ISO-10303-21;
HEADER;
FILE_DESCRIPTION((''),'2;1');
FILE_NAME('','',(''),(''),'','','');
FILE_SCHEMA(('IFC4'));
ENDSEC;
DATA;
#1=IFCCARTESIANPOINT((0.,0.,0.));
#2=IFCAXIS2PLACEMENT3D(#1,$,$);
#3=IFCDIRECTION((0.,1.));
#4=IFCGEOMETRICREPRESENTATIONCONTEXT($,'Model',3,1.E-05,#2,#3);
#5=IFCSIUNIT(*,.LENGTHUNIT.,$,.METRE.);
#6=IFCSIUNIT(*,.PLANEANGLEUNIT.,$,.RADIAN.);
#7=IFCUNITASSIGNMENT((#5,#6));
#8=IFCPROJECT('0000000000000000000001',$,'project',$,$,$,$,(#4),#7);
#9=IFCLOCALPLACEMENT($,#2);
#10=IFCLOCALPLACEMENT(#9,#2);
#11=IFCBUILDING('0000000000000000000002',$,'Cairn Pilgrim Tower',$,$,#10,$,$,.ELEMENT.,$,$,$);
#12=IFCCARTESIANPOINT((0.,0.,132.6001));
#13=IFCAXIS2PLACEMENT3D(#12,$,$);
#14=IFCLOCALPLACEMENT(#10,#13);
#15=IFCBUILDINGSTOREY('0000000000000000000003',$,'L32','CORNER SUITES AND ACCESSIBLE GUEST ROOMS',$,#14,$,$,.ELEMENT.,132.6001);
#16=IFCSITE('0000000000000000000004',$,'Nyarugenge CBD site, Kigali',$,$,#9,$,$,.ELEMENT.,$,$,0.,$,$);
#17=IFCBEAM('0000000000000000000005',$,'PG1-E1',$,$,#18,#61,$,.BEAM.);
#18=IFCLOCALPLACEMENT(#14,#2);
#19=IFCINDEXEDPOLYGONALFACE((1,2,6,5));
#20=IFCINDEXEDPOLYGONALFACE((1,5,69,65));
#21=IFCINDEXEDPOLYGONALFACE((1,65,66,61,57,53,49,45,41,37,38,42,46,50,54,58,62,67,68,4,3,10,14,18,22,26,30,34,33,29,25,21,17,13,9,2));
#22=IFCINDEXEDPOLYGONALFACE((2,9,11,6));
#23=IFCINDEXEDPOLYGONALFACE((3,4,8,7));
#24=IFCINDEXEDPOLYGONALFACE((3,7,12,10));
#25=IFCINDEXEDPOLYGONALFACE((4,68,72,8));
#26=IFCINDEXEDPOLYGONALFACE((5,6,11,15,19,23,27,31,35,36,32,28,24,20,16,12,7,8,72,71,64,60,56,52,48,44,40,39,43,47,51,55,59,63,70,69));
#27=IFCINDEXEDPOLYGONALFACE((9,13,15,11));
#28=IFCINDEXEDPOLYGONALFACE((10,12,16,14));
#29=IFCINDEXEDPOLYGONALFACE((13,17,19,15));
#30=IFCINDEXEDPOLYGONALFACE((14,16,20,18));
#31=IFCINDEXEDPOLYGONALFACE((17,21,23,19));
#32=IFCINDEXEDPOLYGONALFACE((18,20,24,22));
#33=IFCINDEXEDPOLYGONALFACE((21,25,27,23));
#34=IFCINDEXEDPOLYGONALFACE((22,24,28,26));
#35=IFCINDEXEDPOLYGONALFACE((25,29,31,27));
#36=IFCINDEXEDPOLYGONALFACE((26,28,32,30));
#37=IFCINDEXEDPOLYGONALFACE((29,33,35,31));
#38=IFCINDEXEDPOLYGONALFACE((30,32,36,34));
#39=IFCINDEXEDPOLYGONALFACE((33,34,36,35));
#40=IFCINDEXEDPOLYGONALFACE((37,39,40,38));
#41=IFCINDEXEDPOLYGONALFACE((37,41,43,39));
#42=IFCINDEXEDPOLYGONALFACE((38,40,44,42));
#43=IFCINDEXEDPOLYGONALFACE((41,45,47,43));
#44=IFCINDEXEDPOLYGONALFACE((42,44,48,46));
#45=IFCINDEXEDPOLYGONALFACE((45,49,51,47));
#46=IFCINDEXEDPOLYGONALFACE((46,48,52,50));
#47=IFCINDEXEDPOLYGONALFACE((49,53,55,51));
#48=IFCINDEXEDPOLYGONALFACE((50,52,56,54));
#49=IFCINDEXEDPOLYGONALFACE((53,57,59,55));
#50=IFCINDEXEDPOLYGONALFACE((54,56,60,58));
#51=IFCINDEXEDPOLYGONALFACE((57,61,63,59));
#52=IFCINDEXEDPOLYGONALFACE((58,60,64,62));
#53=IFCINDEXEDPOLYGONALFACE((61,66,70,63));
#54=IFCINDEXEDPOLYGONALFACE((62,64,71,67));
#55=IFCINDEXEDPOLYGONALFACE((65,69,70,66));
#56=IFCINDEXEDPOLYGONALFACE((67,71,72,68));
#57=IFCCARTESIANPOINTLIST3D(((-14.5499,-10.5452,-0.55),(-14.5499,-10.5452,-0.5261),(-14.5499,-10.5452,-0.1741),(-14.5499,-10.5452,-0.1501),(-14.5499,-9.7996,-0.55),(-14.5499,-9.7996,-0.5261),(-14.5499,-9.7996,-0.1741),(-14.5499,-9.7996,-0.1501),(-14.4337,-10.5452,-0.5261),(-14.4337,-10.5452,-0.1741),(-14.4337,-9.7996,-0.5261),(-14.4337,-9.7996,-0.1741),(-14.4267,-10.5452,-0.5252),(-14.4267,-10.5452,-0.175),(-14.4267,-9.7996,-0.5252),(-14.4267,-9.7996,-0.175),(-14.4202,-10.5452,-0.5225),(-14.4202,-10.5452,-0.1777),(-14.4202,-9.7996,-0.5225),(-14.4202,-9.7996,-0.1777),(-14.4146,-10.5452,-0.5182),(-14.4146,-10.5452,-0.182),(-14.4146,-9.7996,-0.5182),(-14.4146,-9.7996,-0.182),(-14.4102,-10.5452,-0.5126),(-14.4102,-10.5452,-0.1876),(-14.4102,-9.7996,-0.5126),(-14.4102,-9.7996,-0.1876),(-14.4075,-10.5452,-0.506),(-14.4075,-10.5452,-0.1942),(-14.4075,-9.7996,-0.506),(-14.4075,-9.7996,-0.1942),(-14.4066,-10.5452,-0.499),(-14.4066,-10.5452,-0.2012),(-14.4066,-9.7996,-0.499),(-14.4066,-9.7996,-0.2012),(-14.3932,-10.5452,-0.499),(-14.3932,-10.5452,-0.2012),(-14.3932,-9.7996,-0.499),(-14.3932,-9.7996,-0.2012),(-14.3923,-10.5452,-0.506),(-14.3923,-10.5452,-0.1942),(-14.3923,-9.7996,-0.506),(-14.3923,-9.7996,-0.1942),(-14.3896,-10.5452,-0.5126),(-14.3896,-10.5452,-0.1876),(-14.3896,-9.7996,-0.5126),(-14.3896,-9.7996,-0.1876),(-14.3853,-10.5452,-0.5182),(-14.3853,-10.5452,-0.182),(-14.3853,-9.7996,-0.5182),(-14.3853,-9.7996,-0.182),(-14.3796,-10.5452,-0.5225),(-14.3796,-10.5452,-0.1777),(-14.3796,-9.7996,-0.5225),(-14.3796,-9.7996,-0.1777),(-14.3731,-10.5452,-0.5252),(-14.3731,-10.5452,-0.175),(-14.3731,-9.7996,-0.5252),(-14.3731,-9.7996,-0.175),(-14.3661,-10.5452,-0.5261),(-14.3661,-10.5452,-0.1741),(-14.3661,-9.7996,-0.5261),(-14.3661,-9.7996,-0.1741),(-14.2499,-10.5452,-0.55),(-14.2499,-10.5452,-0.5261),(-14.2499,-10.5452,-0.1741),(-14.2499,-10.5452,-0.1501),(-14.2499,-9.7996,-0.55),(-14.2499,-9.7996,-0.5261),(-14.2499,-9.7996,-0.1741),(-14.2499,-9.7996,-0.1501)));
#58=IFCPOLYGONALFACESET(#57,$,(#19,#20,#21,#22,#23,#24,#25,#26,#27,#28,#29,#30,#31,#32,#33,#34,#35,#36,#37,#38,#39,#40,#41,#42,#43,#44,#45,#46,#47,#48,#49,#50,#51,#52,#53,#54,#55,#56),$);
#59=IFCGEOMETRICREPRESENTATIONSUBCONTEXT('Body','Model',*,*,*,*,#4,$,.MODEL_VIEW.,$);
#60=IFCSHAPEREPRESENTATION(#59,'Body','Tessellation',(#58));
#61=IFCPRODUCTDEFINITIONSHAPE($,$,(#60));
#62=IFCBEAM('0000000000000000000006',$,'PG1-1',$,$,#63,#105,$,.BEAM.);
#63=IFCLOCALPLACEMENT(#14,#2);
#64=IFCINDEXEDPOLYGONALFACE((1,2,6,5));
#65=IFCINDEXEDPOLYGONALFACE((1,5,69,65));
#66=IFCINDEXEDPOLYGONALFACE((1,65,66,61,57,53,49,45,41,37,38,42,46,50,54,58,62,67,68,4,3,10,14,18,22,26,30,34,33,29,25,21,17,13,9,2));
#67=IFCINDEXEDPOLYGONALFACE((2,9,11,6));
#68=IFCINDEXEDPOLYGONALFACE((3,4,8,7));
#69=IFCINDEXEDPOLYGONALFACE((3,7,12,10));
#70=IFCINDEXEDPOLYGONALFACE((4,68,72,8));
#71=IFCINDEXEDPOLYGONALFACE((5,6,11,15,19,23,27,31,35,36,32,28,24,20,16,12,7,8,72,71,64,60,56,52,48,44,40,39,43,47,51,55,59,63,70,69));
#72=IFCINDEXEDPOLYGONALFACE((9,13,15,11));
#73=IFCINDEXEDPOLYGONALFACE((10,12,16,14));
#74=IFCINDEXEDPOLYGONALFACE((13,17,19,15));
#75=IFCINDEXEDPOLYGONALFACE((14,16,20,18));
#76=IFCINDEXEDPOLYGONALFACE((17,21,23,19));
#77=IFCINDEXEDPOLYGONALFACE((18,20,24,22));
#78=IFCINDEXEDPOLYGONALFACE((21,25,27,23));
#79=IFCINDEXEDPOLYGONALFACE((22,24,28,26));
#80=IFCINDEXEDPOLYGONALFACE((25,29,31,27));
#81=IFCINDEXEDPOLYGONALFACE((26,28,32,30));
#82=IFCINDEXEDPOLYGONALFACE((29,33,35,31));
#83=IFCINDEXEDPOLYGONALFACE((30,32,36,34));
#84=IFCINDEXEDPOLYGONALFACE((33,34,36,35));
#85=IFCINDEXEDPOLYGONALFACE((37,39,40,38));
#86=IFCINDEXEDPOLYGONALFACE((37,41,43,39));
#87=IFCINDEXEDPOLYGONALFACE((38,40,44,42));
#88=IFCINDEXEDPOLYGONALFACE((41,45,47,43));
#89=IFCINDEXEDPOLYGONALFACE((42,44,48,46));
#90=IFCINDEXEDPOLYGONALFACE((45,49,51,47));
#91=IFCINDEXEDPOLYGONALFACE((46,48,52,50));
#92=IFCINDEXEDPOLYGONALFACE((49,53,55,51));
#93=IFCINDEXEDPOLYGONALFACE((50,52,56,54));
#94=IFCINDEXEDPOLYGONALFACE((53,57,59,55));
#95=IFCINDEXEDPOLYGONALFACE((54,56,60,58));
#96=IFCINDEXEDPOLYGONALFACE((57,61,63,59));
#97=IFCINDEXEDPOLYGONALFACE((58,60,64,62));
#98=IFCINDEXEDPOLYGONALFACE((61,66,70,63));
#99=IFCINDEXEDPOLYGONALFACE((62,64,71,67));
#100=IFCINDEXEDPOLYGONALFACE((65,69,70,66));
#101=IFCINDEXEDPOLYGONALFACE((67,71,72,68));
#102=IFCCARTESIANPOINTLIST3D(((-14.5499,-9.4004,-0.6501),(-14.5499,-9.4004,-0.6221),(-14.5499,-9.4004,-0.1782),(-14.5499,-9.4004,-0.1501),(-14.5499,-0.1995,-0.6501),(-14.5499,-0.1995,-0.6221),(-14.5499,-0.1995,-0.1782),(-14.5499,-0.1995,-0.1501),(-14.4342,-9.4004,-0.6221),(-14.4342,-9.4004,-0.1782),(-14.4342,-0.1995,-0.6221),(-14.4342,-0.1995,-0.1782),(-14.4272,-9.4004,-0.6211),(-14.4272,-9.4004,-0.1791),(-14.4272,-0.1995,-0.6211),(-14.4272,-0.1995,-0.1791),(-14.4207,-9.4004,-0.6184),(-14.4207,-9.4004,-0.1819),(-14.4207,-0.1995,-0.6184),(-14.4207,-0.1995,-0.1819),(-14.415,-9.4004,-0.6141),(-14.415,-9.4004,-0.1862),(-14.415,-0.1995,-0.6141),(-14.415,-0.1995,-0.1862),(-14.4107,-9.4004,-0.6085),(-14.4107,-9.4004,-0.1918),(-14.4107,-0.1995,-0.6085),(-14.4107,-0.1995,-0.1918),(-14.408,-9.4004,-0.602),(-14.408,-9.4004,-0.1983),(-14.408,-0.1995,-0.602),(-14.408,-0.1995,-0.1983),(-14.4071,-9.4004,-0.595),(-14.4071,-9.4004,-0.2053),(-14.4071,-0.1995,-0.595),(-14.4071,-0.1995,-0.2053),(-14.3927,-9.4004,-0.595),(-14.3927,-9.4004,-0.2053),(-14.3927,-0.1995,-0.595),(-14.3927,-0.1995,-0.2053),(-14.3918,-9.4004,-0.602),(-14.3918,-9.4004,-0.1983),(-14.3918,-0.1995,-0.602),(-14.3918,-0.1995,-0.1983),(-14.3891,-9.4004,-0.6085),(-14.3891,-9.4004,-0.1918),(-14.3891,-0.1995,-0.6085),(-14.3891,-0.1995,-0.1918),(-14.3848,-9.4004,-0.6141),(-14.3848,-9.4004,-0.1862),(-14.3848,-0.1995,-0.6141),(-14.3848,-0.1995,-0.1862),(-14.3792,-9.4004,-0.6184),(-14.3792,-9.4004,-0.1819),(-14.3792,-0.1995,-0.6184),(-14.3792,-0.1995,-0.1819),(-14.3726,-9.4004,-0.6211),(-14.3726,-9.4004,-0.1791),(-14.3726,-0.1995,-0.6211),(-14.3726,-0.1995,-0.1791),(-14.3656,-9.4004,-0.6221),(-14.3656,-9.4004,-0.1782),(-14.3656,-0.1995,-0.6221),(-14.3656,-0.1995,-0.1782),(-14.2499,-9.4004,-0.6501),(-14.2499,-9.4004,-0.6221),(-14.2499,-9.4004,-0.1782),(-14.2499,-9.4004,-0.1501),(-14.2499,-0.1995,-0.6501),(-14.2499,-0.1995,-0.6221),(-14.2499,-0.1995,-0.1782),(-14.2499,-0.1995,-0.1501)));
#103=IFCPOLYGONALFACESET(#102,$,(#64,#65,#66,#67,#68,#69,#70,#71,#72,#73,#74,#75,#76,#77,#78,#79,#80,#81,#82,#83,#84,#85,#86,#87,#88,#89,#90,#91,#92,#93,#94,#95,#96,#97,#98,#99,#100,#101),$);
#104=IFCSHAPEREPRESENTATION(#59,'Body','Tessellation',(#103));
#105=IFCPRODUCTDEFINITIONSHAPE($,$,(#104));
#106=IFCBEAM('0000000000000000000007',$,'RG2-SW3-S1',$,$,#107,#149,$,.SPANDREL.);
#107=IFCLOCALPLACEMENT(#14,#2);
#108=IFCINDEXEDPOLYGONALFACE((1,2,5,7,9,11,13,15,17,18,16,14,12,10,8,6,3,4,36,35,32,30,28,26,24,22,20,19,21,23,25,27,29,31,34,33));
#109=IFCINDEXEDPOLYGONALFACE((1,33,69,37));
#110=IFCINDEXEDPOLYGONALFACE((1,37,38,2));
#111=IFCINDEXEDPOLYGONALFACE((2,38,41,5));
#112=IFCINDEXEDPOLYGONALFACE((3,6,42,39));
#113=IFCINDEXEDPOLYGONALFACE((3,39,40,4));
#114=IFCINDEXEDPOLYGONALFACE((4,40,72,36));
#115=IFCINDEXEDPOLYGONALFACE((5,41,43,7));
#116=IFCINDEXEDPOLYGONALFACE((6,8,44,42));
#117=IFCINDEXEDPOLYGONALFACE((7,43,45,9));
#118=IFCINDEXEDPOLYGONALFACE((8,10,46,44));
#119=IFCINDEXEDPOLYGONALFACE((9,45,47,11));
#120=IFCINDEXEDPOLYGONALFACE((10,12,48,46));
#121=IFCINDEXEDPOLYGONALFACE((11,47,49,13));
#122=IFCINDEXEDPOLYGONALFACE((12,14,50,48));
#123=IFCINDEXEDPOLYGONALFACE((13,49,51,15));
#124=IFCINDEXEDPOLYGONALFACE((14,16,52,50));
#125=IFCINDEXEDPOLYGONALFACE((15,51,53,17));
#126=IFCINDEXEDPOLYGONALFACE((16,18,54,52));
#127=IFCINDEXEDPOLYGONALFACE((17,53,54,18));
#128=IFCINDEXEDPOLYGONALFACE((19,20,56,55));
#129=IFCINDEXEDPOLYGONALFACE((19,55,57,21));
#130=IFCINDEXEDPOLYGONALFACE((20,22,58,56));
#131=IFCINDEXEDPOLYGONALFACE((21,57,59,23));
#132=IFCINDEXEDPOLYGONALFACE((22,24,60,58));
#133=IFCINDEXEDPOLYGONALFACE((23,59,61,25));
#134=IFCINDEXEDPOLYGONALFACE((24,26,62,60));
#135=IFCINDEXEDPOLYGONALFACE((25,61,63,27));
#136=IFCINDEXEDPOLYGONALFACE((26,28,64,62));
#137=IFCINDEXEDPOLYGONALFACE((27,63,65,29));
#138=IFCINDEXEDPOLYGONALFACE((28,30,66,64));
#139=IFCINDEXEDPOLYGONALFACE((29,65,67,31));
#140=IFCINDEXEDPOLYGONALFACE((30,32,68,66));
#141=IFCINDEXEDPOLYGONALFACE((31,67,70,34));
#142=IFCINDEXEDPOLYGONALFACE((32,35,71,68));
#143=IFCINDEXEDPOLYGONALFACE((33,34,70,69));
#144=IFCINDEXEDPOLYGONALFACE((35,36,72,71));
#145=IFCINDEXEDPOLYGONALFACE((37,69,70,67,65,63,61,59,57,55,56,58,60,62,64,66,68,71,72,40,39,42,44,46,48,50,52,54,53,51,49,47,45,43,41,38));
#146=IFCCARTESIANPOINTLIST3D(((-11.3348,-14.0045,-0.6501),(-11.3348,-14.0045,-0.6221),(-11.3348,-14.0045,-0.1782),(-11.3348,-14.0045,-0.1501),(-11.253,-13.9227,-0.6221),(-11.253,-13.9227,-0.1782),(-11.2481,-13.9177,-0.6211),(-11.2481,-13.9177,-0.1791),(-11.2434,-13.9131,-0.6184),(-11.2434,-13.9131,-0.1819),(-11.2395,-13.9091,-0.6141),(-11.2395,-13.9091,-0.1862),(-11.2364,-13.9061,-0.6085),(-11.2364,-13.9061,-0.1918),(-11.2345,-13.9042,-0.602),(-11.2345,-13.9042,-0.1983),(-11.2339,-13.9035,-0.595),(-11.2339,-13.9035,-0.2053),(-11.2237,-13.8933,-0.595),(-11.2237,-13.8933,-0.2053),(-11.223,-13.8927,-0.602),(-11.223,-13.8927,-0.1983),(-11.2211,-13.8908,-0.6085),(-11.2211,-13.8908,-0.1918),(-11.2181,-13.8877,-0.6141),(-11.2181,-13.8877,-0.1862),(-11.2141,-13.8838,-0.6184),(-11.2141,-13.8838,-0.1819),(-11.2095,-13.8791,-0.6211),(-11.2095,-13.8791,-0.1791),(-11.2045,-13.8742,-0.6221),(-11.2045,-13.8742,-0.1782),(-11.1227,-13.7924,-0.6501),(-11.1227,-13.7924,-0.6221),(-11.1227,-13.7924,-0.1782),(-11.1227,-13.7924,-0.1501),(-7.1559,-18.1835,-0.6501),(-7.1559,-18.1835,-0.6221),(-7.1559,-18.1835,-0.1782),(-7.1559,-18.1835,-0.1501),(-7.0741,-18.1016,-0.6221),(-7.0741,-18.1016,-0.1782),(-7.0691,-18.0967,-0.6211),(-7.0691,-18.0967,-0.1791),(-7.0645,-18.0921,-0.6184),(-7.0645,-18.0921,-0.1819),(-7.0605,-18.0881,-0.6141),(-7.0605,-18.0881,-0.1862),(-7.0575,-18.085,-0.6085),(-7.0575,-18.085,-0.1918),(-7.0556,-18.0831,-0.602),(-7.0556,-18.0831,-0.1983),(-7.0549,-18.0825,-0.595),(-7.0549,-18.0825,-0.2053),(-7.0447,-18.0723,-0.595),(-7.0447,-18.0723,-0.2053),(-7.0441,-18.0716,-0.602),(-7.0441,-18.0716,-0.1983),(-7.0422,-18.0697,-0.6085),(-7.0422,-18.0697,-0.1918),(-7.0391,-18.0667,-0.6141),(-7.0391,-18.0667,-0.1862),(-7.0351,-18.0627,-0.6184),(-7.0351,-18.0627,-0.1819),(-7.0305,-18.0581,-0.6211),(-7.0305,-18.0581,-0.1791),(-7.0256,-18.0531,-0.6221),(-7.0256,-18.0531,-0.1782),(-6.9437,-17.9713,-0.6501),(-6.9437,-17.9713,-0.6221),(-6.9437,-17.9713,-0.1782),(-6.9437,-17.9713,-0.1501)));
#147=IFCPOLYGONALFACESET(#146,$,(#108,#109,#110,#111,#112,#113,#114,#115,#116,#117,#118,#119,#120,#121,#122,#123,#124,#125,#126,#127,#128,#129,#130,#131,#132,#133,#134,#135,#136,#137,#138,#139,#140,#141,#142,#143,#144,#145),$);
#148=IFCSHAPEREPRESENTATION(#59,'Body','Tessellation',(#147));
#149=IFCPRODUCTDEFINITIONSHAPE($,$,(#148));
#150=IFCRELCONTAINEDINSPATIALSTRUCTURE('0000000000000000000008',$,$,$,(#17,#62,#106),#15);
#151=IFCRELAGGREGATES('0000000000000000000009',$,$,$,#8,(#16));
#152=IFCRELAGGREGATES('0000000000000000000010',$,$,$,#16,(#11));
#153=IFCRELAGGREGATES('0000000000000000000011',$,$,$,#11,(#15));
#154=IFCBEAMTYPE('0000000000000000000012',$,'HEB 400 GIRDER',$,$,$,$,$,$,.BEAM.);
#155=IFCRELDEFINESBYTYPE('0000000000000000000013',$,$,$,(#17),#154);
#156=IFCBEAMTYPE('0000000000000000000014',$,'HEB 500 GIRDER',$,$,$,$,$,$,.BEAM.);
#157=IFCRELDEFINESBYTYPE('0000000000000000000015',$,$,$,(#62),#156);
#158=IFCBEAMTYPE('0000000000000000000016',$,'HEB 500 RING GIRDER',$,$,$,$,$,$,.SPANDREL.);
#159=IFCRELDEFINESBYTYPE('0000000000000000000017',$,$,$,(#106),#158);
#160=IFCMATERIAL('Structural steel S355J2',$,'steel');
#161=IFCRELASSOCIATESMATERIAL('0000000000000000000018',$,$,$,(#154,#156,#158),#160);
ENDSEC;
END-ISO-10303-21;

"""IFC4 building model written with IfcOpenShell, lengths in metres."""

from ifc_helpers import new_model, si_unit, direction, frame, origin, origin_2d, place, context, subcontext, project, spatial, i_section, extrude, material, material_profile, profile_set, type_object, element, save


model = new_model("IFC4")

# Units and contexts
model_context = context("Model", 3, precision=1e-05, world=origin(), true_north=direction((0.0, 1.0)))
body_context = subcontext(model_context, "Body", "Model", "MODEL_VIEW")
ifc_project = project(units=[si_unit("LENGTHUNIT", "METRE"), si_unit("PLANEANGLEUNIT", "RADIAN")], contexts=[model_context])

# Site, building, storey
site_placement = place(None, origin())
site = spatial("IfcSite", under=ifc_project, at=site_placement, Name="Nyarugenge CBD site, Kigali", CompositionType="ELEMENT", RefElevation=0.0)
building_placement = place(site_placement, origin())
building = spatial("IfcBuilding", under=site, at=building_placement, Name="Cairn Pilgrim Tower", CompositionType="ELEMENT")
storey_placement = place(building_placement, frame((0.0, 0.0, 132.6001)))
storey = spatial("IfcBuildingStorey", under=building, at=storey_placement, Name="L32", Description="CORNER SUITES AND ACCESSIBLE GUEST ROOMS", CompositionType="ELEMENT", Elevation=132.6001)

# Shared definitions
ifc_material_1 = material(Name="Structural steel S355J2", Category="steel")

# Beams
ifc_material_profile_1 = material_profile(ifc_material_1, i_section(OverallWidth=0.3, OverallDepth=0.3999, WebThickness=0.0134, FlangeThickness=0.0239, FilletRadius=0.0271, at=origin_2d()), Name="HEB 400")
ifc_profile_set_1 = profile_set([ifc_material_profile_1], Name="Structural steel S355J2")
beam_type_1 = type_object("IfcBeamType", Name="HEB 400 GIRDER", PredefinedType="BEAM", material=ifc_profile_set_1)
beam_1_placement = place(storey_placement, frame((-14.3999, -10.5452, -0.3501), z_axis=(0.0, 1.0, 0.0), x_axis=(-1.0, 0.0, 0.0)))
element("IfcBeam", 1, at=beam_1_placement, inside=storey, type_object=beam_type_1, Name="PG1-E1", PredefinedType="BEAM", context=body_context, shape_type="SweptSolid", body=[
    extrude(i_section(OverallWidth=0.3, OverallDepth=0.3999, WebThickness=0.0134, FlangeThickness=0.0239, FilletRadius=0.0271, at=origin_2d()), origin(), (0.0, 0.0, 1.0), 0.7456),
])
ifc_material_profile_2 = material_profile(ifc_material_1, i_section(OverallWidth=0.3, OverallDepth=0.5, WebThickness=0.0144, FlangeThickness=0.0281, FilletRadius=0.0271, at=origin_2d()), Name="HEB 500")
ifc_profile_set_2 = profile_set([ifc_material_profile_2], Name="Structural steel S355J2")
beam_type_2 = type_object("IfcBeamType", Name="HEB 500 GIRDER", PredefinedType="BEAM", material=ifc_profile_set_2)
beam_2_placement = place(storey_placement, frame((-14.3999, -9.4004, -0.4001), z_axis=(0.0, 1.0, 0.0), x_axis=(-1.0, 0.0, 0.0)))
element("IfcBeam", 2, at=beam_2_placement, inside=storey, type_object=beam_type_2, Name="PG1-1", PredefinedType="BEAM", context=body_context, shape_type="SweptSolid", body=[
    extrude(i_section(OverallWidth=0.3, OverallDepth=0.5, WebThickness=0.0144, FlangeThickness=0.0281, FilletRadius=0.0271, at=origin_2d()), origin(), (0.0, 0.0, 1.0), 9.2009),
])
ifc_material_profile_3 = material_profile(ifc_material_1, i_section(OverallWidth=0.3, OverallDepth=0.5, WebThickness=0.0144, FlangeThickness=0.0281, FilletRadius=0.0271, at=origin_2d()), Name="HEB 500")
ifc_profile_set_3 = profile_set([ifc_material_profile_3], Name="Structural steel S355J2")
beam_type_3 = type_object("IfcBeamType", Name="HEB 500 RING GIRDER", PredefinedType="SPANDREL", material=ifc_profile_set_3)
beam_3_placement = place(storey_placement, frame((-11.2288, -13.8984, -0.4001), z_axis=(0.707107, -0.707107, 0.0), x_axis=(0.707107, 0.707107, 0.0)))
element("IfcBeam", 3, at=beam_3_placement, inside=storey, type_object=beam_type_3, Name="RG2-SW3-S1", PredefinedType="SPANDREL", context=body_context, shape_type="SweptSolid", body=[
    extrude(i_section(OverallWidth=0.3, OverallDepth=0.5, WebThickness=0.0144, FlangeThickness=0.0281, FilletRadius=0.0271, at=origin_2d()), origin(), (0.0, 0.0, 1.0), 5.9099),
])

save(model, "model.ifc")
